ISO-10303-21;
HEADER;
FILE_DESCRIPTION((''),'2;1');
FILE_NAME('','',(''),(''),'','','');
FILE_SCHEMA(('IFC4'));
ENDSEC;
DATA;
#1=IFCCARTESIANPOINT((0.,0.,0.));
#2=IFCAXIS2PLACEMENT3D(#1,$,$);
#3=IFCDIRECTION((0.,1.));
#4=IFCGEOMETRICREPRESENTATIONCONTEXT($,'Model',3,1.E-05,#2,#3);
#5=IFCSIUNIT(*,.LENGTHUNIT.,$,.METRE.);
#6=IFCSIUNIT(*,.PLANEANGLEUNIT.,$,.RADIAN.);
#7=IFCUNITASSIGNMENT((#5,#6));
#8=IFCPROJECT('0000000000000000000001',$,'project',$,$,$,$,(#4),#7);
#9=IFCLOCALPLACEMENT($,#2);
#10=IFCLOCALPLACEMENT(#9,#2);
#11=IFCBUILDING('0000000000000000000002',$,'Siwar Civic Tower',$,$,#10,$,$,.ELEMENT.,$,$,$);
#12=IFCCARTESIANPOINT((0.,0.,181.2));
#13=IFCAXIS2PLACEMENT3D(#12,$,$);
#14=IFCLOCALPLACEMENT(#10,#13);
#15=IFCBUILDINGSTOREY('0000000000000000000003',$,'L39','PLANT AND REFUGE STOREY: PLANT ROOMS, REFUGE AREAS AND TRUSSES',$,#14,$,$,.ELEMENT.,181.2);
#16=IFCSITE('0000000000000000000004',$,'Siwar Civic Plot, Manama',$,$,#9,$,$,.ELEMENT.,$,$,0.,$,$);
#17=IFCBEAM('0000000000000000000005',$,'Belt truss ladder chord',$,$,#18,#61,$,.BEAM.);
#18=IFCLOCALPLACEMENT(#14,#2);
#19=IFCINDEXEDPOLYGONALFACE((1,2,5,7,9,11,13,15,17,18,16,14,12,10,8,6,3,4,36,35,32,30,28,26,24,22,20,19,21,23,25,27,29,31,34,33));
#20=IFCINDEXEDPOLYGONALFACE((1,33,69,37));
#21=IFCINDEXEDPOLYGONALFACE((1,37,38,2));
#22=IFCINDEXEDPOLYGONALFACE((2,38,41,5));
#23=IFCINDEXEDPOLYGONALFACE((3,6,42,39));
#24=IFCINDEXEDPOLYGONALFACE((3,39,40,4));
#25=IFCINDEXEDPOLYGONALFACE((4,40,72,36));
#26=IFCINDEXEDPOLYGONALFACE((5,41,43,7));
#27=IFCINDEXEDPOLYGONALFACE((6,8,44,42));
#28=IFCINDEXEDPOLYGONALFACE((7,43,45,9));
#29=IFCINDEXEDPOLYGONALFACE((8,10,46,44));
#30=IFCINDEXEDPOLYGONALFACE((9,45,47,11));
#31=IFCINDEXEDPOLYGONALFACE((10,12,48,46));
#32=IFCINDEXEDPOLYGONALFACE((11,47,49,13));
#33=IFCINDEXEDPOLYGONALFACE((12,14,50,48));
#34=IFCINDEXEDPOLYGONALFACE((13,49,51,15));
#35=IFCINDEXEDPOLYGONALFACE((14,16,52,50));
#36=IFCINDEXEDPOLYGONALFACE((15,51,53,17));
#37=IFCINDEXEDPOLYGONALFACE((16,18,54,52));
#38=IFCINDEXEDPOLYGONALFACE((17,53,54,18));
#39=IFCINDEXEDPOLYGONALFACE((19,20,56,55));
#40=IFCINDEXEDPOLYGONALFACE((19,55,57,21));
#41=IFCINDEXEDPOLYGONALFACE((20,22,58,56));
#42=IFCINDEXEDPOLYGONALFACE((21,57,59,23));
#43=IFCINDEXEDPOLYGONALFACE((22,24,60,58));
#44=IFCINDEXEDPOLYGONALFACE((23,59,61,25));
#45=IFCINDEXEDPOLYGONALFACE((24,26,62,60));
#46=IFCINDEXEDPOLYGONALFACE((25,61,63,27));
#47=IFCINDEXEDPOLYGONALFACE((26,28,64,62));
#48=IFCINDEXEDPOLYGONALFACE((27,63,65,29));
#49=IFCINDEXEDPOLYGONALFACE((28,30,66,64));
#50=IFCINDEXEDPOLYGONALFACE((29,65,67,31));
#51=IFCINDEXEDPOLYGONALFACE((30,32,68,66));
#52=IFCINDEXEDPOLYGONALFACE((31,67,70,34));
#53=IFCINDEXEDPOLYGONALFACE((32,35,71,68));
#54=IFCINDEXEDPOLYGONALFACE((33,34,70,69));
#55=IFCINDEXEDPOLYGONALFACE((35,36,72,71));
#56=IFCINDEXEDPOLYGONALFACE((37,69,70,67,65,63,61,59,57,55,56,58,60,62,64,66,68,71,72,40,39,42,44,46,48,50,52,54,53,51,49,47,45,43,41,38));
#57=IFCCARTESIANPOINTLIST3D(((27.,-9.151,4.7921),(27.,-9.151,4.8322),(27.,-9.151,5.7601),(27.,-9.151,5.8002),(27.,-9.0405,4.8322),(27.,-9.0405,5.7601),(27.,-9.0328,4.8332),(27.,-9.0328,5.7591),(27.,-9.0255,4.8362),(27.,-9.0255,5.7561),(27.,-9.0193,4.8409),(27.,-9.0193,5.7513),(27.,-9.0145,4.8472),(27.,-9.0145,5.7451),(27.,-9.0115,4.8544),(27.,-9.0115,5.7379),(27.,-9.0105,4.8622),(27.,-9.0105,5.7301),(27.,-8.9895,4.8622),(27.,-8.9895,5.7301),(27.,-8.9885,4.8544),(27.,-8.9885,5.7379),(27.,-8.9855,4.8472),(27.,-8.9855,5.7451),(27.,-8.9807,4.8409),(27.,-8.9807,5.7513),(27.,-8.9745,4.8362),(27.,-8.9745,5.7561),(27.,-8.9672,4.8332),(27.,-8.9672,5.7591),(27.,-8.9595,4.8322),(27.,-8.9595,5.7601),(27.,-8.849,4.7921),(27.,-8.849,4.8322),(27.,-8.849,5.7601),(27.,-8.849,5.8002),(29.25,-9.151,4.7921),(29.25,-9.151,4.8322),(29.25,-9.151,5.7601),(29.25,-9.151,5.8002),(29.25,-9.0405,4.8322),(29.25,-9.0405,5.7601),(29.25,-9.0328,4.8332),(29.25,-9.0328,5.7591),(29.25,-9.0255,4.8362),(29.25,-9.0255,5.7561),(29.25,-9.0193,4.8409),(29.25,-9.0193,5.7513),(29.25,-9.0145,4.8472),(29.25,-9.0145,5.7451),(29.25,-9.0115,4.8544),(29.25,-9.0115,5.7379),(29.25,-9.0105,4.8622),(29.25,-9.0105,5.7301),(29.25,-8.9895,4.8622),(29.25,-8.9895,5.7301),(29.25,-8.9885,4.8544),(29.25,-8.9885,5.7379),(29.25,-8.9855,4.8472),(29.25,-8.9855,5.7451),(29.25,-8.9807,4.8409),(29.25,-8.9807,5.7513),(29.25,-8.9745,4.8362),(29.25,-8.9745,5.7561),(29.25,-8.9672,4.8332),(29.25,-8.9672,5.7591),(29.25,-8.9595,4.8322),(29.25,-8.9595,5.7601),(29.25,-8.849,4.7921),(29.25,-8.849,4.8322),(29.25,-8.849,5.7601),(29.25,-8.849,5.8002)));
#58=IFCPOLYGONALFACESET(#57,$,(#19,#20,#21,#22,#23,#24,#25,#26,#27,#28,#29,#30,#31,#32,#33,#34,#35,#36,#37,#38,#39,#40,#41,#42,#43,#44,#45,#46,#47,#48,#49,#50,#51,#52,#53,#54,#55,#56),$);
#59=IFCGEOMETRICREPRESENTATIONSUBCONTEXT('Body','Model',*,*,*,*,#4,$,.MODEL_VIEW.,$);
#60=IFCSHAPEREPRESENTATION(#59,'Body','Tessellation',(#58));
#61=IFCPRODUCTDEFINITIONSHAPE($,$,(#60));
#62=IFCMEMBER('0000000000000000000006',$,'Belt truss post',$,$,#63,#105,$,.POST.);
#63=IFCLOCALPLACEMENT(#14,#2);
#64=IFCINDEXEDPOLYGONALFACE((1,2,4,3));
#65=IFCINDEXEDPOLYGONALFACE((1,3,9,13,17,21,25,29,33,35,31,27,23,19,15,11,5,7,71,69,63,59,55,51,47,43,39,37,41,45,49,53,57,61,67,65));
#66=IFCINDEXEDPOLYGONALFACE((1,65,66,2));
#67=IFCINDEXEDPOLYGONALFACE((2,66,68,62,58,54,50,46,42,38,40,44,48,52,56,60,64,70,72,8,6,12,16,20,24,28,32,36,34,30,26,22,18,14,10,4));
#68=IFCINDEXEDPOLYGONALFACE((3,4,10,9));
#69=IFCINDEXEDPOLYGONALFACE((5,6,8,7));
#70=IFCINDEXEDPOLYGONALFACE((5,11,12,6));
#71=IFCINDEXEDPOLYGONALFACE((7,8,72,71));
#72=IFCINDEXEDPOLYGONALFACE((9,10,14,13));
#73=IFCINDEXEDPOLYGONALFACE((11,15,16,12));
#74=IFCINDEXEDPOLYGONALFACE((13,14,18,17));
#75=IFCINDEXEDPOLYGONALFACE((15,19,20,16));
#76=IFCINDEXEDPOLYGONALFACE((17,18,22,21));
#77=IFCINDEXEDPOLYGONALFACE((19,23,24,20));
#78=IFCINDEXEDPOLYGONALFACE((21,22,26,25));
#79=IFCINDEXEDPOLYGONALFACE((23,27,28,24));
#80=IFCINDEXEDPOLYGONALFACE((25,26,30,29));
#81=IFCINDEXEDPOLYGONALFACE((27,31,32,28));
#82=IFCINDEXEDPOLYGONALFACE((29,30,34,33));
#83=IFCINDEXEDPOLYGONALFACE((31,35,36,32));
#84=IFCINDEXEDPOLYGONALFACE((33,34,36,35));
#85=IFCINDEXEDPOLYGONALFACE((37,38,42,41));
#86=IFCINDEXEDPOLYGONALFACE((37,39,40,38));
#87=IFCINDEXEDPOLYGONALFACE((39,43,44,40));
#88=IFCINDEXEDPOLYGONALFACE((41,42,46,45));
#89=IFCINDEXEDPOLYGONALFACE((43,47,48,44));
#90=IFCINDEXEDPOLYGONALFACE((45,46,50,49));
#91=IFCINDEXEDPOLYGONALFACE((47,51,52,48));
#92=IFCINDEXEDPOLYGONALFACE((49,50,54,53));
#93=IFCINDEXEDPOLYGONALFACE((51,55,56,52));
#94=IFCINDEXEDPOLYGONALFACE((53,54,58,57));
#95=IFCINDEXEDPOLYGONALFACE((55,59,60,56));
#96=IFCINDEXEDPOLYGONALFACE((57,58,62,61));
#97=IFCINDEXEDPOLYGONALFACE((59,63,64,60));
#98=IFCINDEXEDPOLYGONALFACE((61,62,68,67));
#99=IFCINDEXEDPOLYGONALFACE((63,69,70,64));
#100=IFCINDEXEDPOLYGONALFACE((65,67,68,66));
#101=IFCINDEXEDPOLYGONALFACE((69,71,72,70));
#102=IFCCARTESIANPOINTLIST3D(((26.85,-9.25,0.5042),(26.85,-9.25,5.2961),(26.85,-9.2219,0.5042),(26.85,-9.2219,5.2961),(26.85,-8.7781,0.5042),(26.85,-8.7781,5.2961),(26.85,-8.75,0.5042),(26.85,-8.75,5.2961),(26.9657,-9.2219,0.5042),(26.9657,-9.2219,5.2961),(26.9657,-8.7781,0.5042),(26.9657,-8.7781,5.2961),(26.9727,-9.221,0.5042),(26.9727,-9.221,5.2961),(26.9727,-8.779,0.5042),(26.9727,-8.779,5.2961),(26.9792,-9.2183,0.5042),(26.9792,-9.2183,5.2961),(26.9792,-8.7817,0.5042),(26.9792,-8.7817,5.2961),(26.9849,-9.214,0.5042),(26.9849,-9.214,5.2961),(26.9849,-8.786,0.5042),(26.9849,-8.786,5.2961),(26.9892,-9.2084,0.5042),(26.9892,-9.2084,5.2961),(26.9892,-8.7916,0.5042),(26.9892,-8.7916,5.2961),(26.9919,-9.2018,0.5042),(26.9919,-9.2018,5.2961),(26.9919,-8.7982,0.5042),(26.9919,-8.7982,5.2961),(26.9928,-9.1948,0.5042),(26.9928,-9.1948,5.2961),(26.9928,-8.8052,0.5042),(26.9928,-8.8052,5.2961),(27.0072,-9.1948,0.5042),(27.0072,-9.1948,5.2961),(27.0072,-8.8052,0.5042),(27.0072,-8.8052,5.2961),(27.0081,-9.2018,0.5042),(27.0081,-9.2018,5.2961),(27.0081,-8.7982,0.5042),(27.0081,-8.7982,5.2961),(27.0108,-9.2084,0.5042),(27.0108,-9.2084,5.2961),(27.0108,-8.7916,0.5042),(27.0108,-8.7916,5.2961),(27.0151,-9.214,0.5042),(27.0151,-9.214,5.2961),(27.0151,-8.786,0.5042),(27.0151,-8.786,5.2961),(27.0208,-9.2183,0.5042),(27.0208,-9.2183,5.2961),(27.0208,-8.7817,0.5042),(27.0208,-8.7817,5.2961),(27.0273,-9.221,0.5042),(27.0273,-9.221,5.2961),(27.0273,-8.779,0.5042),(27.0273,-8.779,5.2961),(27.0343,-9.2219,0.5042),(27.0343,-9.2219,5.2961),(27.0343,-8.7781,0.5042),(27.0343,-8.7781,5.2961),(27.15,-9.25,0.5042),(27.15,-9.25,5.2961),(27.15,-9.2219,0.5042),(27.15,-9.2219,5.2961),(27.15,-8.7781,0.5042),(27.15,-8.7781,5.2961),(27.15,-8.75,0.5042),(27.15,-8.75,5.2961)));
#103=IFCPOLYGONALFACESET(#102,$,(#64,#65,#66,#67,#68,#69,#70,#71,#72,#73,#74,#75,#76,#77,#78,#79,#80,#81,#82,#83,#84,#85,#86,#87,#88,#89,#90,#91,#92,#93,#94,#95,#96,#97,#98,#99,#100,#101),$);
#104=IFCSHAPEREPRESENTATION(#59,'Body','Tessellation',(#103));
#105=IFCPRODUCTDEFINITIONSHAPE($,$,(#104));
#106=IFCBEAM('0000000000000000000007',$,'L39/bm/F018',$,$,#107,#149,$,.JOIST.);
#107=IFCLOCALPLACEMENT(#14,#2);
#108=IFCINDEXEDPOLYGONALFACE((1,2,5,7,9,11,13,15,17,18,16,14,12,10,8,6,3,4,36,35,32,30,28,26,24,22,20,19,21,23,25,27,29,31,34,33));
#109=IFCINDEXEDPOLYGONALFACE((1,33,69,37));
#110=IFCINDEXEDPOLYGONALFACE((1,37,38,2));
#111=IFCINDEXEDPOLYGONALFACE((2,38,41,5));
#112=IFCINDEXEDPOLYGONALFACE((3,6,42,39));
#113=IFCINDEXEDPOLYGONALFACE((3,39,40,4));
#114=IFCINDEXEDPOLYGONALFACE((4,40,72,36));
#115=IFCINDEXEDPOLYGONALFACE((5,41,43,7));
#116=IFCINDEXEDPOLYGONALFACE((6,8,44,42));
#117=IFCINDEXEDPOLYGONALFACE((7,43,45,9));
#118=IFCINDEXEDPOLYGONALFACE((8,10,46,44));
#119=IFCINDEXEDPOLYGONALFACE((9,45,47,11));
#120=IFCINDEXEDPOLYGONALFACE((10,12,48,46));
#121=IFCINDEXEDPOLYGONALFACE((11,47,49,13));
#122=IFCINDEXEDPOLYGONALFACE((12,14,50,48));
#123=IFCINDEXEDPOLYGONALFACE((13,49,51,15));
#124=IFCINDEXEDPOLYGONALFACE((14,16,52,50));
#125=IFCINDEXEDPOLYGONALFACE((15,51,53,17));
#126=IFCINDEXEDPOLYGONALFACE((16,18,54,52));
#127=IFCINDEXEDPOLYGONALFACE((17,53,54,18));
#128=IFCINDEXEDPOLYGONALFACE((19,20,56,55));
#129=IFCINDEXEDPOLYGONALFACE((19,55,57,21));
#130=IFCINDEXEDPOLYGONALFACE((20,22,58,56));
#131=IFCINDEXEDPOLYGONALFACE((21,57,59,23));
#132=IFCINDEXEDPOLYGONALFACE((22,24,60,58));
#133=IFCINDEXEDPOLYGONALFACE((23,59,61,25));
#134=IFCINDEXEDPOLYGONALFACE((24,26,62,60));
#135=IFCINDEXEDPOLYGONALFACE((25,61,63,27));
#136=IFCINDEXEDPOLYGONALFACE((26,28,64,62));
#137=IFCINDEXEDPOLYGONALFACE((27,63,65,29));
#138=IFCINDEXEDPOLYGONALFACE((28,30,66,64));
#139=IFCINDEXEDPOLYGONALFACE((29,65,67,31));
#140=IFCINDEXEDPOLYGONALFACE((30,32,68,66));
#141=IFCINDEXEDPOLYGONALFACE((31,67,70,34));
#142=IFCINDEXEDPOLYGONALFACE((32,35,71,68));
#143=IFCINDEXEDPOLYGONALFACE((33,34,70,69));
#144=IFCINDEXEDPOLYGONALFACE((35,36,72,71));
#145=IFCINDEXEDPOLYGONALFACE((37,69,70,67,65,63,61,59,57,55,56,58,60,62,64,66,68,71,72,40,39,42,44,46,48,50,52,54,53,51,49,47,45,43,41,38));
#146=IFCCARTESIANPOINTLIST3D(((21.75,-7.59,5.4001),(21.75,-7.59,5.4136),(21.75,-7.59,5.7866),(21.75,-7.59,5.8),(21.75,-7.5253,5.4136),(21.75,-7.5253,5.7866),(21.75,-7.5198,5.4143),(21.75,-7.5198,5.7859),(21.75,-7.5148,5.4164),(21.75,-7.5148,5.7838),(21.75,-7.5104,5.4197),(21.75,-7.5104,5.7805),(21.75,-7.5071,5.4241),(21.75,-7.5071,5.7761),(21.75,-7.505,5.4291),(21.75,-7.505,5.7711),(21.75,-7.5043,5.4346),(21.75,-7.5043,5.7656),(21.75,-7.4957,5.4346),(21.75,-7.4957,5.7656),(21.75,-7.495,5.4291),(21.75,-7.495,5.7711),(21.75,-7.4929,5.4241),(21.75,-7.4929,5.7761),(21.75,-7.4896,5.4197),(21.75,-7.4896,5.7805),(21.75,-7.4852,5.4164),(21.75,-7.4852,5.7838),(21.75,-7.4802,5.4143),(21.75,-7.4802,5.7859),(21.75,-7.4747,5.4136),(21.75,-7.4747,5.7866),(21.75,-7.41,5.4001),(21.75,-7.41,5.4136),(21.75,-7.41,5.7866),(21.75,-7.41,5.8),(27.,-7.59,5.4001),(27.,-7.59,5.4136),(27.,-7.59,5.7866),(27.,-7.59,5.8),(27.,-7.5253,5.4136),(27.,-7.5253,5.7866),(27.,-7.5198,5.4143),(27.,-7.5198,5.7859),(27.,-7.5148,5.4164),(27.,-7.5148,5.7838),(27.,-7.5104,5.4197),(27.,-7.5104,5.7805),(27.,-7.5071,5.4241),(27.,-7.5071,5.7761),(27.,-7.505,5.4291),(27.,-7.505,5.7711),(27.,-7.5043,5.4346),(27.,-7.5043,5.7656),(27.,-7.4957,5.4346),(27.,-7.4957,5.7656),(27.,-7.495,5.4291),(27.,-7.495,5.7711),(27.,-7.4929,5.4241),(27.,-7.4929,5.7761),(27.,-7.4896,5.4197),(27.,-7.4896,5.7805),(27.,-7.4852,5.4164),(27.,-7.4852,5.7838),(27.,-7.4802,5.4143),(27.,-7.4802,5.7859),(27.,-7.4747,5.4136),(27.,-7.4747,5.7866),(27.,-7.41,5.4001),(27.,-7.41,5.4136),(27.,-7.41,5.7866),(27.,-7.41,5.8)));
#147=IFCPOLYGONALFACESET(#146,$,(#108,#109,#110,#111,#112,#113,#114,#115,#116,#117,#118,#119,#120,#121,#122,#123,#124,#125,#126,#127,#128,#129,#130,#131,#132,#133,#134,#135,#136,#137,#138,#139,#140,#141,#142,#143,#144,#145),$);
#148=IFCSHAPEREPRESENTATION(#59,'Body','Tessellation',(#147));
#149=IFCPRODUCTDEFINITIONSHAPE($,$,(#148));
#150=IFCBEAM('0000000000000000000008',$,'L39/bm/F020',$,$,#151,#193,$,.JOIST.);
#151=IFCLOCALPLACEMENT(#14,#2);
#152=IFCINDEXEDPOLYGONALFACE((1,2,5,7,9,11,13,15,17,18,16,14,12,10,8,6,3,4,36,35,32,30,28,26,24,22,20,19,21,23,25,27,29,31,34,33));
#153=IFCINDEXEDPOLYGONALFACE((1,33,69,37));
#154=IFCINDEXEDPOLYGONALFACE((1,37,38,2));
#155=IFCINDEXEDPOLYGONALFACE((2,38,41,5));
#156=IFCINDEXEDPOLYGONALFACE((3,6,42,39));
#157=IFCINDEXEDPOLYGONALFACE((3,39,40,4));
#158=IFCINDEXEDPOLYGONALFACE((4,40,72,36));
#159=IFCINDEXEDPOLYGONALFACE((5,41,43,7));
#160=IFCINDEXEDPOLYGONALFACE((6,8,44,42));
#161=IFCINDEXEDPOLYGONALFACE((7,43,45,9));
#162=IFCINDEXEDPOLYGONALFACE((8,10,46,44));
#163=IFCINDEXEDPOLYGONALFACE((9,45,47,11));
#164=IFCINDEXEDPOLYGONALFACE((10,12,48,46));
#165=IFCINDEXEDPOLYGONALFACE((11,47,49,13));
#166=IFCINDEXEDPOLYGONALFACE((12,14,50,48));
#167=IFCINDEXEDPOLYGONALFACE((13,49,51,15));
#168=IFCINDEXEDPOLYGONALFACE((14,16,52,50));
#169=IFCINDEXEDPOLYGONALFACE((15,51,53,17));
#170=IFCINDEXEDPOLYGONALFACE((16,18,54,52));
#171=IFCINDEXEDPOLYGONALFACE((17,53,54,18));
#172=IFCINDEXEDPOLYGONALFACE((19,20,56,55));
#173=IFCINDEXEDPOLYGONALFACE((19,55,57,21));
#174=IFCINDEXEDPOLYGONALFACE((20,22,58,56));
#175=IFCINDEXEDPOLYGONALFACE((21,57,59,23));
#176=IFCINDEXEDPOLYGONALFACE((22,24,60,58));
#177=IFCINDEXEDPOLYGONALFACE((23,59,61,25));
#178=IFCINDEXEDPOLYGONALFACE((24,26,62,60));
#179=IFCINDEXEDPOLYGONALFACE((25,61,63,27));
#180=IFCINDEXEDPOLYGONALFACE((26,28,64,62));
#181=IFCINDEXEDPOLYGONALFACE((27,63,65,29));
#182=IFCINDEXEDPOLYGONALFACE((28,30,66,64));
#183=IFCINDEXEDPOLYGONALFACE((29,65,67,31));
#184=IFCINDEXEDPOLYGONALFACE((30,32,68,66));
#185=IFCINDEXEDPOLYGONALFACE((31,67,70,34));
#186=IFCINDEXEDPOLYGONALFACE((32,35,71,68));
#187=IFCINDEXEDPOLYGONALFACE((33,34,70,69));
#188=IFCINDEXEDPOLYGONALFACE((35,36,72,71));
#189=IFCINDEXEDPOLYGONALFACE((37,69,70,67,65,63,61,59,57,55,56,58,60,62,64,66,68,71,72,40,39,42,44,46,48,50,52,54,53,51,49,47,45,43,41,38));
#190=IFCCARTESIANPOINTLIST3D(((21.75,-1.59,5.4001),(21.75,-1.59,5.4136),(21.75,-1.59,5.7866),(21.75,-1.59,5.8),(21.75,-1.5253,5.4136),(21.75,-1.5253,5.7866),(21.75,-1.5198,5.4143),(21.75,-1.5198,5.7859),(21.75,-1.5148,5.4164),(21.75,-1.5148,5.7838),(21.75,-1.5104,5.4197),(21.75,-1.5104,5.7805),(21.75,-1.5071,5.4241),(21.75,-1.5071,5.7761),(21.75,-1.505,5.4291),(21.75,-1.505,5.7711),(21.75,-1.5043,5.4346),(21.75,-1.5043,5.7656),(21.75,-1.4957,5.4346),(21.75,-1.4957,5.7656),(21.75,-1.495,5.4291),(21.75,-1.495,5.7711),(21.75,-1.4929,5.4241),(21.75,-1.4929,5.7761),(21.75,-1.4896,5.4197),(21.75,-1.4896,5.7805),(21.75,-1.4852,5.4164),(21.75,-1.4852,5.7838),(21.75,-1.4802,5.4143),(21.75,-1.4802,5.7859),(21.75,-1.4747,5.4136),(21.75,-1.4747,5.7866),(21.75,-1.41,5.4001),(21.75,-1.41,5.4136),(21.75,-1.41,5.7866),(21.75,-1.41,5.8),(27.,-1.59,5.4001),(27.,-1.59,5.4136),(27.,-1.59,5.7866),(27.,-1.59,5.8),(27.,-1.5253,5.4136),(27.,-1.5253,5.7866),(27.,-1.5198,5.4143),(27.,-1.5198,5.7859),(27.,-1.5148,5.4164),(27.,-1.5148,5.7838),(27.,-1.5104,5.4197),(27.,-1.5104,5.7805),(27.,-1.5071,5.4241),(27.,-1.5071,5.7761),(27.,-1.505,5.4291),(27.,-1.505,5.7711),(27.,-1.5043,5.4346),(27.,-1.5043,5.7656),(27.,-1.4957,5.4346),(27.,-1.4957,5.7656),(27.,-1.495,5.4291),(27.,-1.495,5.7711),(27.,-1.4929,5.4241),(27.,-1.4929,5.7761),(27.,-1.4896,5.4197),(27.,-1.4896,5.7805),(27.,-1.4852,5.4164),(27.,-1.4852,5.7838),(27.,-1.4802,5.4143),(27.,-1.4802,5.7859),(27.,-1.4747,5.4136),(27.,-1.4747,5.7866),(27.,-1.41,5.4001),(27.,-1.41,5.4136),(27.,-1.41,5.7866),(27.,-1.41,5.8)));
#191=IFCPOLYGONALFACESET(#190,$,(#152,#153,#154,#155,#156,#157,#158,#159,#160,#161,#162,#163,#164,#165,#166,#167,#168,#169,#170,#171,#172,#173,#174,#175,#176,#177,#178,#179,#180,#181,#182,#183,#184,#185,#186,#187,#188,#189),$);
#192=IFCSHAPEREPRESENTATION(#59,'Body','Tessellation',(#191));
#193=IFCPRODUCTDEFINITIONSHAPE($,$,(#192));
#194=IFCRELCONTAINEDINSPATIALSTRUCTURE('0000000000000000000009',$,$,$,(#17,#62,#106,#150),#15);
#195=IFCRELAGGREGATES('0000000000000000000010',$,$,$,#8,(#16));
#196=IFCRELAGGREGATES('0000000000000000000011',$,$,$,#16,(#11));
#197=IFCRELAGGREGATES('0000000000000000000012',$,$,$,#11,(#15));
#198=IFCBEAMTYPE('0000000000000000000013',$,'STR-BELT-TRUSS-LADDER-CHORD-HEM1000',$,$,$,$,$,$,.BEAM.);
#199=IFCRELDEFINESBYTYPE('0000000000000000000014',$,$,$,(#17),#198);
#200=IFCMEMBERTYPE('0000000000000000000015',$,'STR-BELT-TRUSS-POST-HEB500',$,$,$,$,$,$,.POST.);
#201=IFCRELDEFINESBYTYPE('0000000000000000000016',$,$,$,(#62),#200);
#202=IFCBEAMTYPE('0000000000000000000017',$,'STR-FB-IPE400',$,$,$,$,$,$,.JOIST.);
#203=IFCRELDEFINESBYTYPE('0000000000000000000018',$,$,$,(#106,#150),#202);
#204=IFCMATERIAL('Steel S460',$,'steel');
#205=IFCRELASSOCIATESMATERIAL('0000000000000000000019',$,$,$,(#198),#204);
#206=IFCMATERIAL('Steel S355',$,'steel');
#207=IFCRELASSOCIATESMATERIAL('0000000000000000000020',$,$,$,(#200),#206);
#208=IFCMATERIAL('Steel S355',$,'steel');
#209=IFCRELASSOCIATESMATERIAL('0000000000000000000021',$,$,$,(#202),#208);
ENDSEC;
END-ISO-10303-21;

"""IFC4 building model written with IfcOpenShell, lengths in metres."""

from ifc_helpers import new_model, si_unit, direction, frame, origin, origin_2d, place, context, subcontext, project, spatial, i_section, extrude, material, material_profile, profile_set, type_object, element, save


model = new_model("IFC4")

# Units and contexts
model_context = context("Model", 3, precision=1e-05, world=origin(), true_north=direction((0.0, 1.0)))
body_context = subcontext(model_context, "Body", "Model", "MODEL_VIEW")
ifc_project = project(units=[si_unit("LENGTHUNIT", "METRE"), si_unit("PLANEANGLEUNIT", "RADIAN")], contexts=[model_context])

# Site, building, storey
site_placement = place(None, origin())
site = spatial("IfcSite", under=ifc_project, at=site_placement, Name="Siwar Civic Plot, Manama", CompositionType="ELEMENT", RefElevation=0.0)
building_placement = place(site_placement, origin())
building = spatial("IfcBuilding", under=site, at=building_placement, Name="Siwar Civic Tower", CompositionType="ELEMENT")
storey_placement = place(building_placement, frame((0.0, 0.0, 181.2)))
storey = spatial("IfcBuildingStorey", under=building, at=storey_placement, Name="L39", Description="PLANT AND REFUGE STOREY: PLANT ROOMS, REFUGE AREAS AND TRUSSES", CompositionType="ELEMENT", Elevation=181.2)

# Beam
ifc_material_1 = material(Name="Steel S460", Category="steel")
ifc_material_profile_1 = material_profile(ifc_material_1, i_section(OverallWidth=0.302, OverallDepth=1.0081, WebThickness=0.021, FlangeThickness=0.04, FilletRadius=0.03, at=origin_2d()), Name="HEM1000")
ifc_profile_set_1 = profile_set([ifc_material_profile_1], Name="Steel S460")
beam_type_1 = type_object("IfcBeamType", Name="STR-BELT-TRUSS-LADDER-CHORD-HEM1000", PredefinedType="BEAM", material=ifc_profile_set_1)
for number, where, z_axis, x_axis, name in (
    (1, (27.0, -9.0, 5.2961), (1.0, 0.0, 0.0), (0.0, 1.0, 0.0), "Belt truss ladder chord"),
):
    element("IfcBeam", number, at=place(storey_placement, frame(where, z_axis=z_axis, x_axis=x_axis)), inside=storey, type_object=beam_type_1, Name=name, PredefinedType="BEAM", context=body_context, shape_type="SweptSolid", body=[
        extrude(i_section(OverallWidth=0.302, OverallDepth=1.0081, WebThickness=0.021, FlangeThickness=0.04, FilletRadius=0.03, at=origin_2d()), origin(), (0.0, 0.0, 1.0), 2.25),
    ])

# Member
ifc_material_2 = material(Name="Steel S355", Category="steel")
ifc_material_profile_2 = material_profile(ifc_material_2, i_section(OverallWidth=0.3, OverallDepth=0.5, WebThickness=0.0144, FlangeThickness=0.0281, FilletRadius=0.0271, at=origin_2d()), Name="HEB500")
ifc_profile_set_2 = profile_set([ifc_material_profile_2], Name="Steel S355")
member_type_1 = type_object("IfcMemberType", Name="STR-BELT-TRUSS-POST-HEB500", PredefinedType="POST", material=ifc_profile_set_2)
member_1_placement = place(storey_placement, frame((27.0, -9.0, 0.5042), z_axis=(0.0, 0.0, 1.0), x_axis=(1.0, 0.0, 0.0)))
element("IfcMember", 2, at=member_1_placement, inside=storey, type_object=member_type_1, Name="Belt truss post", PredefinedType="POST", context=body_context, shape_type="SweptSolid", body=[
    extrude(i_section(OverallWidth=0.3, OverallDepth=0.5, WebThickness=0.0144, FlangeThickness=0.0281, FilletRadius=0.0271, at=origin_2d()), origin(), (0.0, 0.0, 1.0), 4.792),
])

# Beams
ifc_material_3 = material(Name="Steel S355", Category="steel")
ifc_material_profile_3 = material_profile(ifc_material_3, i_section(OverallWidth=0.1799, OverallDepth=0.3999, WebThickness=0.0085, FlangeThickness=0.0134, FilletRadius=0.021, at=origin_2d()), Name="IPE400")
ifc_profile_set_3 = profile_set([ifc_material_profile_3], Name="Steel S355")
beam_type_2 = type_object("IfcBeamType", Name="STR-FB-IPE400", PredefinedType="JOIST", material=ifc_profile_set_3)
for number, where, z_axis, x_axis, name in (
    (3, (21.75, -7.5, 5.6001), (1.0, 0.0, 0.0), (0.0, 1.0, 0.0), "L39/bm/F018"),
    (4, (21.75, -1.5, 5.6001), (1.0, 0.0, 0.0), (0.0, 1.0, 0.0), "L39/bm/F020"),
):
    element("IfcBeam", number, at=place(storey_placement, frame(where, z_axis=z_axis, x_axis=x_axis)), inside=storey, type_object=beam_type_2, Name=name, PredefinedType="JOIST", context=body_context, shape_type="SweptSolid", body=[
        extrude(i_section(OverallWidth=0.1799, OverallDepth=0.3999, WebThickness=0.0085, FlangeThickness=0.0134, FilletRadius=0.021, at=origin_2d()), origin(), (0.0, 0.0, 1.0), 5.25),
    ])

save(model, "model.ifc")
